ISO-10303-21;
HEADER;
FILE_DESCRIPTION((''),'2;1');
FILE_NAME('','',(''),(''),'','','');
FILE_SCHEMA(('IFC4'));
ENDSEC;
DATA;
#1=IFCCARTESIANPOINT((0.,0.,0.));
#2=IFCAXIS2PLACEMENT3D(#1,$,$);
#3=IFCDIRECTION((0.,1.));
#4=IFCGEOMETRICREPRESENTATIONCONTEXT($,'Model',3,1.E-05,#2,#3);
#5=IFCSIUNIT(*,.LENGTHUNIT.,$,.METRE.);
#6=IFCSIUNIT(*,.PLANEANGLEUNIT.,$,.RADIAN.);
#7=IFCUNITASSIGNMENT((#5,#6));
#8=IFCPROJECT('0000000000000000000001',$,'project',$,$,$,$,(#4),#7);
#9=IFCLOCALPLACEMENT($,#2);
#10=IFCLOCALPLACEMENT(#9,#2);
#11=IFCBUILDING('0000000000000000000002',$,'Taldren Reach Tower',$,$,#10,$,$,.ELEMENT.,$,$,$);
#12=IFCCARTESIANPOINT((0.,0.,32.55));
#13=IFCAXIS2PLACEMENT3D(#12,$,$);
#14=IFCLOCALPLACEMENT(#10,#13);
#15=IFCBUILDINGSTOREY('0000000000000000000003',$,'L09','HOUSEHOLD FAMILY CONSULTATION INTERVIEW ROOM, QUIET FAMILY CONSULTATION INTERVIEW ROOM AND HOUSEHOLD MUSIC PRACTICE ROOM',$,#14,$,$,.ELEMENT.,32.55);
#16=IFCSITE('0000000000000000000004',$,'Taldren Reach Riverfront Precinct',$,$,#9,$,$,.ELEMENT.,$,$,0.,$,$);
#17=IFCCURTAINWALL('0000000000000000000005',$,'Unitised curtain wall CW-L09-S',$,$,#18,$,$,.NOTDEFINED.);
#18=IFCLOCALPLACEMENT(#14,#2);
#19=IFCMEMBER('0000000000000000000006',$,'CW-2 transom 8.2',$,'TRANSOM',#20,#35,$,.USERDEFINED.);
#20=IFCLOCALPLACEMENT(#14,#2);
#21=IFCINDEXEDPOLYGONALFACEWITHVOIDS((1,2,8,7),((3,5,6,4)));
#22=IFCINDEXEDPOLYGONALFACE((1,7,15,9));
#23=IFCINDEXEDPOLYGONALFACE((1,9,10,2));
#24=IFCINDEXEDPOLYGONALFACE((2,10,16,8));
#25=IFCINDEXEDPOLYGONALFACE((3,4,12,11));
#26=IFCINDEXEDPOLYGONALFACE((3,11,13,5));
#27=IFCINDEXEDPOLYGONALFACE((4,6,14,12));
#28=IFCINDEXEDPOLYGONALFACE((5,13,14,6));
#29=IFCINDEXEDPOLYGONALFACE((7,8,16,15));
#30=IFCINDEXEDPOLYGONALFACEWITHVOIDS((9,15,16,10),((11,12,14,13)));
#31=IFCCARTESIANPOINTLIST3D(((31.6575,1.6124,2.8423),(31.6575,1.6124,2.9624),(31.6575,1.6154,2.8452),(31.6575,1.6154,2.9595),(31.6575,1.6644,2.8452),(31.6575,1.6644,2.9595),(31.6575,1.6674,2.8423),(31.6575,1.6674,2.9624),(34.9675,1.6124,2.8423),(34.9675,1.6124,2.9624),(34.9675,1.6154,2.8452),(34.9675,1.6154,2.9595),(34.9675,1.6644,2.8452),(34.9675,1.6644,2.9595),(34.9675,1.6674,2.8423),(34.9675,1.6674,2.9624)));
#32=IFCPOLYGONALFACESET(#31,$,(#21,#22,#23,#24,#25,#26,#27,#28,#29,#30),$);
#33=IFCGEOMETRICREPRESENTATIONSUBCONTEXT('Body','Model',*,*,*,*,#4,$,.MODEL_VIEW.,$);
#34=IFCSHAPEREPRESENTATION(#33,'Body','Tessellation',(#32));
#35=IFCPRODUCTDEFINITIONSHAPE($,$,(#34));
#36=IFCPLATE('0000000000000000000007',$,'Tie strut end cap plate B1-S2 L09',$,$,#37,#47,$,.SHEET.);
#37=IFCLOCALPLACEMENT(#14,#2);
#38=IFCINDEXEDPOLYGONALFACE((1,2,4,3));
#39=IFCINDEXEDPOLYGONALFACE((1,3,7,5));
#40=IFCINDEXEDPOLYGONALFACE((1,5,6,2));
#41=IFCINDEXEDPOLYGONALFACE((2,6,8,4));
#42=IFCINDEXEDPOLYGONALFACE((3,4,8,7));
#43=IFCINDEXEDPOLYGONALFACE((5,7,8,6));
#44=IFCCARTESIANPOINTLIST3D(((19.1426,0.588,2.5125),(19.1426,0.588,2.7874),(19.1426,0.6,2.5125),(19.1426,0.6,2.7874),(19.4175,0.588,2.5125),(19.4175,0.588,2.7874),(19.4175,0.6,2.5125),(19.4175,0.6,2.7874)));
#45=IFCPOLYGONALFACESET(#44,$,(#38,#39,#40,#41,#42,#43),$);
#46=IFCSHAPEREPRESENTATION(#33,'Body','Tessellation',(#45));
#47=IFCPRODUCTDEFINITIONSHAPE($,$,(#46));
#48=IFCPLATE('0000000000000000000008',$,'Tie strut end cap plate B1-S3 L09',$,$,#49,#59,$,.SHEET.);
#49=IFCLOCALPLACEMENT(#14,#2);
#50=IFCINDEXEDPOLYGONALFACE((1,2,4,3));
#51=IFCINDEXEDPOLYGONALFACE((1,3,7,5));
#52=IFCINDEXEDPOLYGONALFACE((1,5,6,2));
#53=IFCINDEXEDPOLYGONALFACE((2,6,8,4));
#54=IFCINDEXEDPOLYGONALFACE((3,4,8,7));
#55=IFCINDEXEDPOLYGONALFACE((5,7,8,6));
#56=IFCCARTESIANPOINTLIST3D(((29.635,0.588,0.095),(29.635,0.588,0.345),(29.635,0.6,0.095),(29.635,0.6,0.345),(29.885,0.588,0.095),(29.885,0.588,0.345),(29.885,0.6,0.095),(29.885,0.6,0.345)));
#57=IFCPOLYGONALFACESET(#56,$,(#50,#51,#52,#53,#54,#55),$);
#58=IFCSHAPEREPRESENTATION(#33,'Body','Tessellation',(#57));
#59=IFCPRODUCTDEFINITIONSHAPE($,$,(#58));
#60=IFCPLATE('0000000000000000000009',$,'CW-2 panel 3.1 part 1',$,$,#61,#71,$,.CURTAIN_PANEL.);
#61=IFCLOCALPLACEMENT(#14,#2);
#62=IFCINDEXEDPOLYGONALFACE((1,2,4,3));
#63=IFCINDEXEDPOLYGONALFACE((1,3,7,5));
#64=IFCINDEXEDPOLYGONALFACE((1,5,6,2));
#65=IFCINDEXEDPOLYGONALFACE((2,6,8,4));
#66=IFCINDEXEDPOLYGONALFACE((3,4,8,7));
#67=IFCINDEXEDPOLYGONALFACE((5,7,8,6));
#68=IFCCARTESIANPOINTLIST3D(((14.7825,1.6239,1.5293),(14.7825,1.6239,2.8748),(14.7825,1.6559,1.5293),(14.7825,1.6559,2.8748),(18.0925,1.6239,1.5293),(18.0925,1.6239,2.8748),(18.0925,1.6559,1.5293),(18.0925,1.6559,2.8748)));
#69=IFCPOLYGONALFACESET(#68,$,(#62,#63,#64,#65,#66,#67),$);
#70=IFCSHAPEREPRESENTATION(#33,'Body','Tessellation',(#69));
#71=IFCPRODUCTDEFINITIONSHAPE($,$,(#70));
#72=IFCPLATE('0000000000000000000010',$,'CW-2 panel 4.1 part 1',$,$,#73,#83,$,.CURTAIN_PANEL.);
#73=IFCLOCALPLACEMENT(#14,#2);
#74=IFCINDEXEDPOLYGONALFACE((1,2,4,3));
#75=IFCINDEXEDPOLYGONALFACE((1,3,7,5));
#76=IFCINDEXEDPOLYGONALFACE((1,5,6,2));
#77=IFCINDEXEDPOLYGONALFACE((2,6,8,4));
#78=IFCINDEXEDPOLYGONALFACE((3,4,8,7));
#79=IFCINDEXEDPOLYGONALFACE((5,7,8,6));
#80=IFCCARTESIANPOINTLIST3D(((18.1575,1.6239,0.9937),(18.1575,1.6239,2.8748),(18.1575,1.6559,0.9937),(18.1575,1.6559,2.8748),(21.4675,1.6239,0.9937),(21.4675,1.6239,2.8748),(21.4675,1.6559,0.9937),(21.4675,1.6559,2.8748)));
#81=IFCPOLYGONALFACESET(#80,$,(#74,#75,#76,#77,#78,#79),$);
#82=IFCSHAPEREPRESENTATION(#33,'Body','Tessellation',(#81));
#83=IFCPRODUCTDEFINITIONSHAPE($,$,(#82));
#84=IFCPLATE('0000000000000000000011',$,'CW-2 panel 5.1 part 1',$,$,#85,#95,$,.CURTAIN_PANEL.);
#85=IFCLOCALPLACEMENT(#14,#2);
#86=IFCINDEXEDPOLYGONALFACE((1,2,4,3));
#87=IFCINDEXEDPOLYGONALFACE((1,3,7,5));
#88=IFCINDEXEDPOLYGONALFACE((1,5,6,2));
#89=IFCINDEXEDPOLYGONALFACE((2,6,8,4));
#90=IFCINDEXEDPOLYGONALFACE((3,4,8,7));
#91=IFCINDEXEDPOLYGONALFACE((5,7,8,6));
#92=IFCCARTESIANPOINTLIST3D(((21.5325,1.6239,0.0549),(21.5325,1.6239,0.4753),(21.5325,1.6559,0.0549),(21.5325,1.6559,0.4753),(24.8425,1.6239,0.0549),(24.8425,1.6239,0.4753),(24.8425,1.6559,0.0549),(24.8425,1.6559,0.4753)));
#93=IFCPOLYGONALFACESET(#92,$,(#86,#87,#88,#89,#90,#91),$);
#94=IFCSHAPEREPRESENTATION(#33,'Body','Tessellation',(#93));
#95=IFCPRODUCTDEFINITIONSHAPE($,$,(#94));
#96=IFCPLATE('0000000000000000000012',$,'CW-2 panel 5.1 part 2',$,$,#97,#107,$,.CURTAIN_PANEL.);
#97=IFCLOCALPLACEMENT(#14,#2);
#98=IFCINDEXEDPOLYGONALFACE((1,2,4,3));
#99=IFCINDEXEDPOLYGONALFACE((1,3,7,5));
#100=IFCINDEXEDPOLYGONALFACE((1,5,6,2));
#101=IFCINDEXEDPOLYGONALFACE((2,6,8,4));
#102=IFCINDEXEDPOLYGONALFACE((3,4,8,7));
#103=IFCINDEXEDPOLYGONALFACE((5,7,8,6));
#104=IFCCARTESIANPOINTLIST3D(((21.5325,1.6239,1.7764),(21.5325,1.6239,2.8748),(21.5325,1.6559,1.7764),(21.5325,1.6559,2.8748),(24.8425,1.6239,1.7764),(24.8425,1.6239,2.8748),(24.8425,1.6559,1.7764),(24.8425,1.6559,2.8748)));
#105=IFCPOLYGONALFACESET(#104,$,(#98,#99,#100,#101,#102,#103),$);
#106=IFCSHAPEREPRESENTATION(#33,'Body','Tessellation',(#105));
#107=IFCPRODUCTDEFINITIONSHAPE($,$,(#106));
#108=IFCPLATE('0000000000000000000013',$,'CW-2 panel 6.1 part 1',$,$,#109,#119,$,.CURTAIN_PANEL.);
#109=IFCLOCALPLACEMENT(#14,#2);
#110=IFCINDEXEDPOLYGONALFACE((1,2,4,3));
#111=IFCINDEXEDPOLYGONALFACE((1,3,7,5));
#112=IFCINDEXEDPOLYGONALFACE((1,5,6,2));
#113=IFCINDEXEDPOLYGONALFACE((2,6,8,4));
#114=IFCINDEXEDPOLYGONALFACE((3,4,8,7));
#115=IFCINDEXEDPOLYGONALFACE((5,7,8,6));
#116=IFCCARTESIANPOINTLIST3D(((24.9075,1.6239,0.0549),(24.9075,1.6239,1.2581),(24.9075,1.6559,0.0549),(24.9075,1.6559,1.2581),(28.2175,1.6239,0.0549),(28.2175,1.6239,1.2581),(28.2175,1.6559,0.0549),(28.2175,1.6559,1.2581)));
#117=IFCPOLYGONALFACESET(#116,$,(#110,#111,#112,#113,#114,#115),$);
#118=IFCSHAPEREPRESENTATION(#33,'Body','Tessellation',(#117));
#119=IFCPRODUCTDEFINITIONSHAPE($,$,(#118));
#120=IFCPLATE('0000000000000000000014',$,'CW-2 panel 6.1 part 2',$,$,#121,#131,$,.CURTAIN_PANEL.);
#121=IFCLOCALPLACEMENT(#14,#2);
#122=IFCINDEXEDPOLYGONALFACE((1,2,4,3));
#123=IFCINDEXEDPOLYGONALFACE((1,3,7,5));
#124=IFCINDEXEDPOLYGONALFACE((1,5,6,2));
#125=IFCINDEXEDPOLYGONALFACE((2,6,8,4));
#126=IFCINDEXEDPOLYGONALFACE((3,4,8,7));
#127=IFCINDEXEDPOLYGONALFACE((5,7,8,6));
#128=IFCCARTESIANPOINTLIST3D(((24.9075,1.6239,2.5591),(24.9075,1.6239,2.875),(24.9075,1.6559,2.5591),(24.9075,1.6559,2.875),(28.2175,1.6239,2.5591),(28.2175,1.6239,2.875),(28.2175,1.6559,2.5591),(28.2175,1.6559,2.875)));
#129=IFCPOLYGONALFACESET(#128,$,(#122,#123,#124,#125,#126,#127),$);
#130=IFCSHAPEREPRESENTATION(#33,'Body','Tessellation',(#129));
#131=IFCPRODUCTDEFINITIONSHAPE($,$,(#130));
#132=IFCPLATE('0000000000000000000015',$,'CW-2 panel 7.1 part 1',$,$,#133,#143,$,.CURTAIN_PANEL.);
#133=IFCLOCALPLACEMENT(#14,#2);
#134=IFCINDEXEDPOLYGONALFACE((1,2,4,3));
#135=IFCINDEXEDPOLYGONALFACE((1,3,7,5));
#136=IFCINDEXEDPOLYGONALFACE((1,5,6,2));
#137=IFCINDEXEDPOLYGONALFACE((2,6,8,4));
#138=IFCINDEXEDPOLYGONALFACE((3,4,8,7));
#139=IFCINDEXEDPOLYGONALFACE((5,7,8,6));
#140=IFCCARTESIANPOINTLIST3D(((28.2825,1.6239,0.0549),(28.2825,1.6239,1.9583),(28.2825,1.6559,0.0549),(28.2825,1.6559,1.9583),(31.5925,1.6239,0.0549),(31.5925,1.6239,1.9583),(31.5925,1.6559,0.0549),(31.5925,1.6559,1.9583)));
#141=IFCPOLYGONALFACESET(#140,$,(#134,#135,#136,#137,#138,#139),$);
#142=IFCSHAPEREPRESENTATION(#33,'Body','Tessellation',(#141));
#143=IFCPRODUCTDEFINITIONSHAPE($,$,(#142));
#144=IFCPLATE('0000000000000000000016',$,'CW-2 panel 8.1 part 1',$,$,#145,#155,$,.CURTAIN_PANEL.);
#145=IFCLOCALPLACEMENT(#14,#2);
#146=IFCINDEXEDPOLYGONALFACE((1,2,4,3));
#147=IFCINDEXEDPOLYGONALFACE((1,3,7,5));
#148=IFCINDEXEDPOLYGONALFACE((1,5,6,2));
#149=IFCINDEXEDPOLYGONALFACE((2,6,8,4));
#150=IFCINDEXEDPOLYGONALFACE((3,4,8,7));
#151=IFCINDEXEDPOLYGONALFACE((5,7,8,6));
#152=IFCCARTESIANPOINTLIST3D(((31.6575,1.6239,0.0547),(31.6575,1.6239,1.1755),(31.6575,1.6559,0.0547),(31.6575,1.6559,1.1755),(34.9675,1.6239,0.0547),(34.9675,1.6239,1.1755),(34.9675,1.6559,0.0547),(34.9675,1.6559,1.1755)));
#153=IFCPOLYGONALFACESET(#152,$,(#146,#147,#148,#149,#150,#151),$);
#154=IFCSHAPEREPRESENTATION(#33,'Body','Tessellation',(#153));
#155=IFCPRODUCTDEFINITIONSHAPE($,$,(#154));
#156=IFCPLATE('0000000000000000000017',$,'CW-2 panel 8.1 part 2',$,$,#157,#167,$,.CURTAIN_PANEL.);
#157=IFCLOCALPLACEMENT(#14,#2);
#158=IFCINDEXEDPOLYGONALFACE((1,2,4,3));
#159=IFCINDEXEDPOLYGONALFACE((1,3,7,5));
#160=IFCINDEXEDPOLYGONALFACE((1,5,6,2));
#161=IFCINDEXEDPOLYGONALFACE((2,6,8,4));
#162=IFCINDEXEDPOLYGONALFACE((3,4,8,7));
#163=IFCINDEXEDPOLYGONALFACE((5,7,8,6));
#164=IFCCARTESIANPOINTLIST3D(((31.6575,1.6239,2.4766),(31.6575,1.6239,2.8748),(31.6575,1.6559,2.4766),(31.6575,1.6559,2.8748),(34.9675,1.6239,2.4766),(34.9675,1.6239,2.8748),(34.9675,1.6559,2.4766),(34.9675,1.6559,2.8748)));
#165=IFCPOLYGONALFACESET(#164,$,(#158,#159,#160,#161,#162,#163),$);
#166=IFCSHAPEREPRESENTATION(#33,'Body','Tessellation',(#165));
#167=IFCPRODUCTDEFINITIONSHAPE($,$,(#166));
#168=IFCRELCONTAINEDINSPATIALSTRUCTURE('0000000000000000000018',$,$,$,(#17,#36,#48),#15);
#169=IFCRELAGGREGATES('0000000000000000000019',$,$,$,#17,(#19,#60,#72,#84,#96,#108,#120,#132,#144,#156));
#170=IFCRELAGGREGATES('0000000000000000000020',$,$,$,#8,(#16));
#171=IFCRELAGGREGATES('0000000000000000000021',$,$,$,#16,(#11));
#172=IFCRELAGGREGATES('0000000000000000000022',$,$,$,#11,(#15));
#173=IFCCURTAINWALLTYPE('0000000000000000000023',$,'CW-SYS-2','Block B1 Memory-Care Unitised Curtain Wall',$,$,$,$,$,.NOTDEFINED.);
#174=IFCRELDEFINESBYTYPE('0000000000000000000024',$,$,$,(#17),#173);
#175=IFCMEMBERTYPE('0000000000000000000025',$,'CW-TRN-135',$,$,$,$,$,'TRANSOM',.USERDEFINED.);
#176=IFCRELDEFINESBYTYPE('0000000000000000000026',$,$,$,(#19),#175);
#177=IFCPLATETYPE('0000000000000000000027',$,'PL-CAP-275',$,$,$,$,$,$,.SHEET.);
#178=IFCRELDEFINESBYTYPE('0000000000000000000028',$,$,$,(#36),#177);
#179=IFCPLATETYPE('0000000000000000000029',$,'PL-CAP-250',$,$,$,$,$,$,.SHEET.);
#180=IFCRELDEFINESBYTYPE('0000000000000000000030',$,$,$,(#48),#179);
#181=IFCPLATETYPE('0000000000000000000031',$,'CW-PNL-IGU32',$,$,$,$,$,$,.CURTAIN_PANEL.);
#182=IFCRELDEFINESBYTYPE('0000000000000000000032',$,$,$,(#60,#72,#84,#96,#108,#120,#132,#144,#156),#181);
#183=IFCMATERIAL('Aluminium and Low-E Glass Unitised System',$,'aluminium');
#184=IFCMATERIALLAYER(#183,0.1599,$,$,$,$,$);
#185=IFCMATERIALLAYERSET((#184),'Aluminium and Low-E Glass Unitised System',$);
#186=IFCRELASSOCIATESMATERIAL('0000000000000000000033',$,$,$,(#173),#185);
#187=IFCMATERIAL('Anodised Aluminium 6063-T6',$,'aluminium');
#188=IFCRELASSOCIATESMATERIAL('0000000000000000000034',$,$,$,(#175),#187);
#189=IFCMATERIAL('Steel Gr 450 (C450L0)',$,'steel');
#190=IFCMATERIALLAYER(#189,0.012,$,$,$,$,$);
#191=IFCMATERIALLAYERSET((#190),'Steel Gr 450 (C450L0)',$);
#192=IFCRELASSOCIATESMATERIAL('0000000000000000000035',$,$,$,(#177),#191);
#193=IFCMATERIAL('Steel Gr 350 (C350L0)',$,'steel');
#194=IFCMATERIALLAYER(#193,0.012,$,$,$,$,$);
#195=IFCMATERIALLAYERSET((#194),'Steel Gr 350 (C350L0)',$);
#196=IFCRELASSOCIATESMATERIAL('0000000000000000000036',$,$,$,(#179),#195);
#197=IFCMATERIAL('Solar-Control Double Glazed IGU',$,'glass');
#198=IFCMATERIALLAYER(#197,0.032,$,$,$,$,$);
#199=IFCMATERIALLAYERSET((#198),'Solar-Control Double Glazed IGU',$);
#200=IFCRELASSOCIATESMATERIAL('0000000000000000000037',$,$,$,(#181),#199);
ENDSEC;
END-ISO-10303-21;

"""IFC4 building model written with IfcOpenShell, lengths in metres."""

from ifc_helpers import new_model, si_unit, direction, frame, origin, origin_2d, place, context, subcontext, project, spatial, rectangle, hollow_rectangle, extrude, source, transform, mapped, material, layer, layer_set, material_profile, profile_set, type_object, element, aggregate, save


model = new_model("IFC4")

# Units and contexts
model_context = context("Model", 3, precision=1e-05, world=origin(), true_north=direction((0.0, 1.0)))
body_context = subcontext(model_context, "Body", "Model", "MODEL_VIEW")
ifc_project = project(units=[si_unit("LENGTHUNIT", "METRE"), si_unit("PLANEANGLEUNIT", "RADIAN")], contexts=[model_context])

# Site, building, storey
site_placement = place(None, origin())
site = spatial("IfcSite", under=ifc_project, at=site_placement, Name="Taldren Reach Riverfront Precinct", CompositionType="ELEMENT", RefElevation=0.0)
building_placement = place(site_placement, origin())
building = spatial("IfcBuilding", under=site, at=building_placement, Name="Taldren Reach Tower", CompositionType="ELEMENT")
storey_placement = place(building_placement, frame((0.0, 0.0, 32.55)))
storey = spatial("IfcBuildingStorey", under=building, at=storey_placement, Name="L09", Description="HOUSEHOLD FAMILY CONSULTATION INTERVIEW ROOM, QUIET FAMILY CONSULTATION INTERVIEW ROOM AND HOUSEHOLD MUSIC PRACTICE ROOM", CompositionType="ELEMENT", Elevation=32.55)

# Shared definitions
ifc_material_1 = material(Name="Steel Gr 450 (C450L0)", Category="steel")
ifc_material_2 = material(Name="Steel Gr 350 (C350L0)", Category="steel")

# Curtain wall, member
ifc_material_3 = material(Name="Aluminium and Low-E Glass Unitised System", Category="aluminium")
ifc_layer_1 = layer(ifc_material_3, 0.1599)
ifc_layer_set_1 = layer_set([ifc_layer_1], Name="Aluminium and Low-E Glass Unitised System")
curtain_wall_type = type_object("IfcCurtainWallType", Name="CW-SYS-2", Description="Block B1 Memory-Care Unitised Curtain Wall", PredefinedType="NOTDEFINED", material=ifc_layer_set_1)
curtain_wall_placement = place(storey_placement, origin())
curtain_wall = element("IfcCurtainWall", 1, at=curtain_wall_placement, inside=storey, type_object=curtain_wall_type, Name="Unitised curtain wall CW-L09-S", PredefinedType="NOTDEFINED")
ifc_material_4 = material(Name="Anodised Aluminium 6063-T6", Category="aluminium")
ifc_material_profile_1 = material_profile(ifc_material_4, hollow_rectangle(XDim=0.0549, YDim=0.1201, WallThickness=0.0029, at=origin_2d()), Name="ALU-120x55x3RHS")
ifc_profile_set_1 = profile_set([ifc_material_profile_1], Name="Anodised Aluminium 6063-T6")
member_type_1 = type_object("IfcMemberType", Name="CW-TRN-135", ElementType="TRANSOM", PredefinedType="USERDEFINED", material=ifc_profile_set_1)
shared_shape_1 = source(origin(), body_context, "Body", "SweptSolid", [
    extrude(hollow_rectangle(XDim=0.0549, YDim=0.1201, WallThickness=0.0029, at=origin_2d()), origin(), (0.0, 0.0, 1.0), 3.3101),
])
member_1_placement = place(storey_placement, frame((31.6575, 1.6399, 2.9023), z_axis=(1.0, 0.0, 0.0), x_axis=(0.0, 1.0, 0.0)))
member_1 = element("IfcMember", 2, at=member_1_placement, type_object=member_type_1, Name="CW-2 transom 8.2", ObjectType="TRANSOM", PredefinedType="USERDEFINED", context=body_context, shape_type="MappedRepresentation", body=[
    mapped(shared_shape_1, transform((0.0, 0.0, 0.0), scale=1.0)),
])

# Plates
ifc_layer_2 = layer(ifc_material_1, 0.012)
ifc_layer_set_2 = layer_set([ifc_layer_2], Name="Steel Gr 450 (C450L0)")
plate_type_1 = type_object("IfcPlateType", Name="PL-CAP-275", PredefinedType="SHEET", material=ifc_layer_set_2)
shared_shape_2 = source(origin(), body_context, "Body", "SweptSolid", [
    extrude(rectangle(XDim=0.2749, YDim=0.012, at=origin_2d()), origin(), (0.0, 0.0, 1.0), 0.2749),
])
plate_1_placement = place(storey_placement, frame((19.28, 0.594, 2.5125), z_axis=(0.0, 0.0, 1.0), x_axis=(1.0, 0.0, 0.0)))
element("IfcPlate", 3, at=plate_1_placement, inside=storey, type_object=plate_type_1, Name="Tie strut end cap plate B1-S2 L09", PredefinedType="SHEET", context=body_context, shape_type="MappedRepresentation", body=[
    mapped(shared_shape_2, transform((0.0, 0.0, 0.0), scale=1.0)),
])
ifc_layer_3 = layer(ifc_material_2, 0.012)
ifc_layer_set_3 = layer_set([ifc_layer_3], Name="Steel Gr 350 (C350L0)")
plate_type_2 = type_object("IfcPlateType", Name="PL-CAP-250", PredefinedType="SHEET", material=ifc_layer_set_3)
shared_shape_3 = source(origin(), body_context, "Body", "SweptSolid", [
    extrude(rectangle(XDim=0.25, YDim=0.012, at=origin_2d()), origin(), (0.0, 0.0, 1.0), 0.25),
])
plate_2_placement = place(storey_placement, frame((29.76, 0.594, 0.095), z_axis=(0.0, 0.0, 1.0), x_axis=(1.0, 0.0, 0.0)))
element("IfcPlate", 4, at=plate_2_placement, inside=storey, type_object=plate_type_2, Name="Tie strut end cap plate B1-S3 L09", PredefinedType="SHEET", context=body_context, shape_type="MappedRepresentation", body=[
    mapped(shared_shape_3, transform((0.0, 0.0, 0.0), scale=1.0)),
])

# Plates
ifc_material_5 = material(Name="Solar-Control Double Glazed IGU", Category="glass")
ifc_layer_4 = layer(ifc_material_5, 0.032)
ifc_layer_set_4 = layer_set([ifc_layer_4], Name="Solar-Control Double Glazed IGU")
plate_type_3 = type_object("IfcPlateType", Name="CW-PNL-IGU32", PredefinedType="CURTAIN_PANEL", material=ifc_layer_set_4)
shared_shape_4 = source(origin(), body_context, "Body", "SweptSolid", [
    extrude(rectangle(XDim=3.3101, YDim=0.032, at=origin_2d()), origin(), (0.0, 0.0, 1.0), 1.3455),
])
plate_3_placement = place(storey_placement, frame((16.4375, 1.6399, 1.5293), z_axis=(0.0, 0.0, 1.0), x_axis=(1.0, 0.0, 0.0)))
plate_3 = element("IfcPlate", 5, at=plate_3_placement, type_object=plate_type_3, Name="CW-2 panel 3.1 part 1", PredefinedType="CURTAIN_PANEL", context=body_context, shape_type="MappedRepresentation", body=[
    mapped(shared_shape_4, transform((0.0, 0.0, 0.0), scale=1.0)),
])
shared_shape_5 = source(origin(), body_context, "Body", "SweptSolid", [
    extrude(rectangle(XDim=3.3101, YDim=0.032, at=origin_2d()), origin(), (0.0, 0.0, 1.0), 1.8811),
])
plate_4_placement = place(storey_placement, frame((19.8125, 1.6399, 0.9937), z_axis=(0.0, 0.0, 1.0), x_axis=(1.0, 0.0, 0.0)))
plate_4 = element("IfcPlate", 6, at=plate_4_placement, type_object=plate_type_3, Name="CW-2 panel 4.1 part 1", PredefinedType="CURTAIN_PANEL", context=body_context, shape_type="MappedRepresentation", body=[
    mapped(shared_shape_5, transform((0.0, 0.0, 0.0), scale=1.0)),
])
shared_shape_6 = source(origin(), body_context, "Body", "SweptSolid", [
    extrude(rectangle(XDim=3.3101, YDim=0.032, at=origin_2d()), origin(), (0.0, 0.0, 1.0), 0.4204),
])
plate_5_placement = place(storey_placement, frame((23.1875, 1.6399, 0.0549), z_axis=(0.0, 0.0, 1.0), x_axis=(1.0, 0.0, 0.0)))
plate_5 = element("IfcPlate", 7, at=plate_5_placement, type_object=plate_type_3, Name="CW-2 panel 5.1 part 1", PredefinedType="CURTAIN_PANEL", context=body_context, shape_type="MappedRepresentation", body=[
    mapped(shared_shape_6, transform((0.0, 0.0, 0.0), scale=1.0)),
])
shared_shape_7 = source(origin(), body_context, "Body", "SweptSolid", [
    extrude(rectangle(XDim=3.3101, YDim=0.032, at=origin_2d()), origin(), (0.0, 0.0, 1.0), 1.0984),
])
plate_6_placement = place(storey_placement, frame((23.1875, 1.6399, 1.7764), z_axis=(0.0, 0.0, 1.0), x_axis=(1.0, 0.0, 0.0)))
plate_6 = element("IfcPlate", 8, at=plate_6_placement, type_object=plate_type_3, Name="CW-2 panel 5.1 part 2", PredefinedType="CURTAIN_PANEL", context=body_context, shape_type="MappedRepresentation", body=[
    mapped(shared_shape_7, transform((0.0, 0.0, 0.0), scale=1.0)),
])
shared_shape_8 = source(origin(), body_context, "Body", "SweptSolid", [
    extrude(rectangle(XDim=3.3101, YDim=0.032, at=origin_2d()), origin(), (0.0, 0.0, 1.0), 1.2031),
])
plate_7_placement = place(storey_placement, frame((26.5625, 1.6399, 0.0549), z_axis=(0.0, 0.0, 1.0), x_axis=(1.0, 0.0, 0.0)))
plate_7 = element("IfcPlate", 9, at=plate_7_placement, type_object=plate_type_3, Name="CW-2 panel 6.1 part 1", PredefinedType="CURTAIN_PANEL", context=body_context, shape_type="MappedRepresentation", body=[
    mapped(shared_shape_8, transform((0.0, 0.0, 0.0), scale=1.0)),
])
shared_shape_9 = source(origin(), body_context, "Body", "SweptSolid", [
    extrude(rectangle(XDim=3.3101, YDim=0.032, at=origin_2d()), origin(), (0.0, 0.0, 1.0), 0.3159),
])
plate_8_placement = place(storey_placement, frame((26.5625, 1.6399, 2.5591), z_axis=(0.0, 0.0, 1.0), x_axis=(1.0, 0.0, 0.0)))
plate_8 = element("IfcPlate", 10, at=plate_8_placement, type_object=plate_type_3, Name="CW-2 panel 6.1 part 2", PredefinedType="CURTAIN_PANEL", context=body_context, shape_type="MappedRepresentation", body=[
    mapped(shared_shape_9, transform((0.0, 0.0, 0.0), scale=1.0)),
])
shared_shape_10 = source(origin(), body_context, "Body", "SweptSolid", [
    extrude(rectangle(XDim=3.3101, YDim=0.032, at=origin_2d()), origin(), (0.0, 0.0, 1.0), 1.9033),
])
plate_9_placement = place(storey_placement, frame((29.9375, 1.6399, 0.0549), z_axis=(0.0, 0.0, 1.0), x_axis=(1.0, 0.0, 0.0)))
plate_9 = element("IfcPlate", 11, at=plate_9_placement, type_object=plate_type_3, Name="CW-2 panel 7.1 part 1", PredefinedType="CURTAIN_PANEL", context=body_context, shape_type="MappedRepresentation", body=[
    mapped(shared_shape_10, transform((0.0, 0.0, 0.0), scale=1.0)),
])
shared_shape_11 = source(origin(), body_context, "Body", "SweptSolid", [
    extrude(rectangle(XDim=3.3101, YDim=0.032, at=origin_2d()), origin(), (0.0, 0.0, 1.0), 1.1208),
])
plate_10_placement = place(storey_placement, frame((33.3125, 1.6399, 0.0547), z_axis=(0.0, 0.0, 1.0), x_axis=(1.0, 0.0, 0.0)))
plate_10 = element("IfcPlate", 12, at=plate_10_placement, type_object=plate_type_3, Name="CW-2 panel 8.1 part 1", PredefinedType="CURTAIN_PANEL", context=body_context, shape_type="MappedRepresentation", body=[
    mapped(shared_shape_11, transform((0.0, 0.0, 0.0), scale=1.0)),
])
shared_shape_12 = source(origin(), body_context, "Body", "SweptSolid", [
    extrude(rectangle(XDim=3.3101, YDim=0.032, at=origin_2d()), origin(), (0.0, 0.0, 1.0), 0.3982),
])
plate_11_placement = place(storey_placement, frame((33.3125, 1.6399, 2.4766), z_axis=(0.0, 0.0, 1.0), x_axis=(1.0, 0.0, 0.0)))
plate_11 = element("IfcPlate", 13, at=plate_11_placement, type_object=plate_type_3, Name="CW-2 panel 8.1 part 2", PredefinedType="CURTAIN_PANEL", context=body_context, shape_type="MappedRepresentation", body=[
    mapped(shared_shape_12, transform((0.0, 0.0, 0.0), scale=1.0)),
])
aggregate(curtain_wall, [member_1, plate_3, plate_4, plate_5, plate_6, plate_7, plate_8, plate_9, plate_10, plate_11])

save(model, "model.ifc")
